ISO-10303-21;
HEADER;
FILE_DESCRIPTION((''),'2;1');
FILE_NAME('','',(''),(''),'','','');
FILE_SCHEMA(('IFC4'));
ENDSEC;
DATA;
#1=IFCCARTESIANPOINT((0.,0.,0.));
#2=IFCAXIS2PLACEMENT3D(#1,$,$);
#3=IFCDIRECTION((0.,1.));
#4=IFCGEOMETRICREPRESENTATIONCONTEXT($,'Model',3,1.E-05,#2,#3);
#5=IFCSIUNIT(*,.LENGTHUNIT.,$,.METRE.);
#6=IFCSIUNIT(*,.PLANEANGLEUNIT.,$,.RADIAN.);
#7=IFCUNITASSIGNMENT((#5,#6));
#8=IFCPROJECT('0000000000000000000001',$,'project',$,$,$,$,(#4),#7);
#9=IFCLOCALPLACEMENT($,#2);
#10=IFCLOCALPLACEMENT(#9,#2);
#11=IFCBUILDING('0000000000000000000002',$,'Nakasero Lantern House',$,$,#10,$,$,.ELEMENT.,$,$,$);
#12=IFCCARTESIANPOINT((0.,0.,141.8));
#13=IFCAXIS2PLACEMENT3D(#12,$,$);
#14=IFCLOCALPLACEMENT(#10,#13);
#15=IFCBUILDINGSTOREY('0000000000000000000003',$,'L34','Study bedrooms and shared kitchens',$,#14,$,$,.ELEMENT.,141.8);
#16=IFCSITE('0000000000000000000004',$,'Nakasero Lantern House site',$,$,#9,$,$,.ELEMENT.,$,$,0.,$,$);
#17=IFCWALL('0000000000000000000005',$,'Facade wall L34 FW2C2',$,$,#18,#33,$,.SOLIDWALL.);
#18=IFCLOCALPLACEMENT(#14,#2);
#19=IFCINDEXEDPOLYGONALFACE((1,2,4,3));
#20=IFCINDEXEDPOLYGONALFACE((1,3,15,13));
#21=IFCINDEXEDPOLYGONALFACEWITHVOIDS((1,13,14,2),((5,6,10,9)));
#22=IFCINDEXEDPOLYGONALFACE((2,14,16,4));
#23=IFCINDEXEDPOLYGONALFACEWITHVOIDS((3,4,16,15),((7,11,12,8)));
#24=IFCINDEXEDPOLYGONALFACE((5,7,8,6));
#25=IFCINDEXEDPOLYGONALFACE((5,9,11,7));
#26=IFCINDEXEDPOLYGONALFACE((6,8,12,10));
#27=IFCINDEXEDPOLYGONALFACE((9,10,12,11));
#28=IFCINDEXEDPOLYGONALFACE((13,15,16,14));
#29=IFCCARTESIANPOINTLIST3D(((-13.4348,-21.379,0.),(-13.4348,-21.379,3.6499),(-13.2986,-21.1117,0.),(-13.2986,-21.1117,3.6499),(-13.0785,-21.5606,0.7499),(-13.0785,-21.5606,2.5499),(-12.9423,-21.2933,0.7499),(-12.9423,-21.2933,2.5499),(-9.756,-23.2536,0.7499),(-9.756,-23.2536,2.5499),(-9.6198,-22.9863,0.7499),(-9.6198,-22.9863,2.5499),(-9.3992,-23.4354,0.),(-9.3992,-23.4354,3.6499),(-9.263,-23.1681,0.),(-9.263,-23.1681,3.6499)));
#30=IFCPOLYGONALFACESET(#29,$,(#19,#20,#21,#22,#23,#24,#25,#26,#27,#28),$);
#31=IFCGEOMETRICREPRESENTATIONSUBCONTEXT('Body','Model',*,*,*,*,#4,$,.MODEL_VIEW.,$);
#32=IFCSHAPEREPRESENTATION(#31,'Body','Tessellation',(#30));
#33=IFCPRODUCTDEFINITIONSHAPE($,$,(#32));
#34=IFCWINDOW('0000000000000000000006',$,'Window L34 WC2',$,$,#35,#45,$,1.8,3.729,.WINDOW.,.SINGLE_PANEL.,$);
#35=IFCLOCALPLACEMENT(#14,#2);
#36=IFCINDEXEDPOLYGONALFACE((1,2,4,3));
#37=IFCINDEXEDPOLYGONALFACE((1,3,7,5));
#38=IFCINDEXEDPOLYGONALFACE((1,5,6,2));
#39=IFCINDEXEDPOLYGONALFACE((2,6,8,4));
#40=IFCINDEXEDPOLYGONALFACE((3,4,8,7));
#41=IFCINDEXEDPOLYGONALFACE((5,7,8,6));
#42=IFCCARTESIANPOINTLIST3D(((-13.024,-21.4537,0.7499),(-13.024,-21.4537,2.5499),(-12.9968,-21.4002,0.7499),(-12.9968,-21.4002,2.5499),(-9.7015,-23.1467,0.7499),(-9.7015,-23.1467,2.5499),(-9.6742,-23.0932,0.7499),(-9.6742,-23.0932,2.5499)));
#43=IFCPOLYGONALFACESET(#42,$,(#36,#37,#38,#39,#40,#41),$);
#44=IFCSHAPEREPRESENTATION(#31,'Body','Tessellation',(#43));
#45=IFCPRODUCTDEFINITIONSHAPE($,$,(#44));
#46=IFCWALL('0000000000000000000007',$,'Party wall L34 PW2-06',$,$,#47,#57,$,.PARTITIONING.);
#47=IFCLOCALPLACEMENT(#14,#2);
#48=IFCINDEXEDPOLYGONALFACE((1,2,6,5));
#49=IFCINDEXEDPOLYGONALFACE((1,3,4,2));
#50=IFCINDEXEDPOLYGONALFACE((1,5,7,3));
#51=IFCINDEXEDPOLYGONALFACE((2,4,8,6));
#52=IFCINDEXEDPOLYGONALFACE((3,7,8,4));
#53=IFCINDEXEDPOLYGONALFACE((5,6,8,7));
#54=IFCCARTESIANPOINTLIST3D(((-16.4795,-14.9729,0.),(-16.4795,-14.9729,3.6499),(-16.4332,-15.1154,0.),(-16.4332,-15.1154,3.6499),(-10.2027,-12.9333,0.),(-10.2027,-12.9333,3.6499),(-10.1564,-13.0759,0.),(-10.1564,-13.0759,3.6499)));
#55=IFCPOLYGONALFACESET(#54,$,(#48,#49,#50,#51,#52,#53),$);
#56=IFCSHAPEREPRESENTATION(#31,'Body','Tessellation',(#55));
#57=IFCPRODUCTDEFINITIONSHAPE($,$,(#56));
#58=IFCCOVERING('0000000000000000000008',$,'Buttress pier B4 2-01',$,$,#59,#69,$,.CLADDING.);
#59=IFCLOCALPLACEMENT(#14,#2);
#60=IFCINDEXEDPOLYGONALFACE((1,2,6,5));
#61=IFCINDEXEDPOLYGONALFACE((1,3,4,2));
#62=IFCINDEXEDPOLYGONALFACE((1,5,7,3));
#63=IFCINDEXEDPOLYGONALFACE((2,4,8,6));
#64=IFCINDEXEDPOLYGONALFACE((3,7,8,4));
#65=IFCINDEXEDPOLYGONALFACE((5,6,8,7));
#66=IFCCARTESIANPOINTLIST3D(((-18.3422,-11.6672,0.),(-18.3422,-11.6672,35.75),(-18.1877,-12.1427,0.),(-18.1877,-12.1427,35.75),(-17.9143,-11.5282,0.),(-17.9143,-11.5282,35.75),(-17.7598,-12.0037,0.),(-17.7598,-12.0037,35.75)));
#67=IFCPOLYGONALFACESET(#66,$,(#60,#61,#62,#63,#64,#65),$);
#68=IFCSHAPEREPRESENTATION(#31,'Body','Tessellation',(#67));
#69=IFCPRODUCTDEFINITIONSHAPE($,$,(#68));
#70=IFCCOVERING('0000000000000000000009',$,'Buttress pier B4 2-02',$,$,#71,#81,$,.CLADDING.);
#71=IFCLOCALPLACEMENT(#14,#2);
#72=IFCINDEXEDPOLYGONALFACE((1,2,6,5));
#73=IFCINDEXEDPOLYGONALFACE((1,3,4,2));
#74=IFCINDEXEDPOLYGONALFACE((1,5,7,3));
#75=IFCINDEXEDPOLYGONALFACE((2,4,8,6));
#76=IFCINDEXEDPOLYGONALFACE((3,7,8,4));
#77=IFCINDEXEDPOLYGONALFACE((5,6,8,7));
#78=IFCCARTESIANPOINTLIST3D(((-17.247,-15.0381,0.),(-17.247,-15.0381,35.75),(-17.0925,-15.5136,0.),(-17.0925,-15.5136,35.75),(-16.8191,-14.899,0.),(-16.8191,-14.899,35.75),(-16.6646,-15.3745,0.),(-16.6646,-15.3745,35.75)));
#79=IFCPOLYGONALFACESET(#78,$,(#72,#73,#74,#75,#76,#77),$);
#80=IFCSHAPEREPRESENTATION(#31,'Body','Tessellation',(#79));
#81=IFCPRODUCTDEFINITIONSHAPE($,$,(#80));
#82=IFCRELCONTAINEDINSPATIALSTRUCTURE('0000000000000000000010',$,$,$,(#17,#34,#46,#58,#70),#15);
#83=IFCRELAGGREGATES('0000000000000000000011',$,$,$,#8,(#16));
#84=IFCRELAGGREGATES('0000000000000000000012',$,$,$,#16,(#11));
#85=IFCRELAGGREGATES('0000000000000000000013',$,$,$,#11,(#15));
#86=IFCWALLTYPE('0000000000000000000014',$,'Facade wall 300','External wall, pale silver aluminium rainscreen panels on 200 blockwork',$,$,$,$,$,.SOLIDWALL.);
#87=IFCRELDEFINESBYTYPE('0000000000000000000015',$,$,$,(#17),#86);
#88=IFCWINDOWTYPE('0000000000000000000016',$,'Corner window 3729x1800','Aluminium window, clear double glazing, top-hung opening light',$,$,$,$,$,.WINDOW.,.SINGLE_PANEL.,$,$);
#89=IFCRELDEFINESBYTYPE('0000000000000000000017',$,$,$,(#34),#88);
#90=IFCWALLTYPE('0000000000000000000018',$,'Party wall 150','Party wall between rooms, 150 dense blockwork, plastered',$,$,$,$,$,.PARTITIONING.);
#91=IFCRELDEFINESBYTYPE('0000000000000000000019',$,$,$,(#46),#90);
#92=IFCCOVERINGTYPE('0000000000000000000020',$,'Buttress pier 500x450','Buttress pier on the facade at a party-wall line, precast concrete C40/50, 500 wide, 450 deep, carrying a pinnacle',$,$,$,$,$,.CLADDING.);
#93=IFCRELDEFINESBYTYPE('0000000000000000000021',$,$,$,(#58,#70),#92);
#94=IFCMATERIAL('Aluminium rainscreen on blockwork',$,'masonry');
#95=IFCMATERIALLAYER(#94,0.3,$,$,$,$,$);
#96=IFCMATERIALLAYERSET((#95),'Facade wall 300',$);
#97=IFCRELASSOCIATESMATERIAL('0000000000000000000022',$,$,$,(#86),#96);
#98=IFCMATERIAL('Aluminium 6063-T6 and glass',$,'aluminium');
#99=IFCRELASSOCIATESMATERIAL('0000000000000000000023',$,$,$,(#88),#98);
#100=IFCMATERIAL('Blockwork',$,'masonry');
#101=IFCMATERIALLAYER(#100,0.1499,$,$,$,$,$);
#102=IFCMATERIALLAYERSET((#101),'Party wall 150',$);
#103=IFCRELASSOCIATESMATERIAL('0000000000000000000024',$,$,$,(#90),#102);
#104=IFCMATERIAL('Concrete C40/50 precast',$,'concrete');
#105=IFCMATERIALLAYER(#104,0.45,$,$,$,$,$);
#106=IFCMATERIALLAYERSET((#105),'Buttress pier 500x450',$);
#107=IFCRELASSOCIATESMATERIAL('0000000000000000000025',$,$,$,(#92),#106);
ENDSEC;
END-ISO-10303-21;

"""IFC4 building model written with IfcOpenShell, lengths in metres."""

from ifc_helpers import new_model, si_unit, direction, frame, frame_2d, origin, origin_2d, place, context, subcontext, project, spatial, rectangle, extrude, material, layer, layer_set, type_object, element, fill, save


model = new_model("IFC4")

# Units and contexts
model_context = context("Model", 3, precision=1e-05, world=origin(), true_north=direction((0.0, 1.0)))
body_context = subcontext(model_context, "Body", "Model", "MODEL_VIEW")
ifc_project = project(units=[si_unit("LENGTHUNIT", "METRE"), si_unit("PLANEANGLEUNIT", "RADIAN")], contexts=[model_context])

# Site, building, storey
site_placement = place(None, origin())
site = spatial("IfcSite", under=ifc_project, at=site_placement, Name="Nakasero Lantern House site", CompositionType="ELEMENT", RefElevation=0.0)
building_placement = place(site_placement, origin())
building = spatial("IfcBuilding", under=site, at=building_placement, Name="Nakasero Lantern House", CompositionType="ELEMENT")
storey_placement = place(building_placement, frame((0.0, 0.0, 141.8)))
storey = spatial("IfcBuildingStorey", under=building, at=storey_placement, Name="L34", Description="Study bedrooms and shared kitchens", CompositionType="ELEMENT", Elevation=141.8)

# Shared definitions
ifc_material_1 = material(Name="Aluminium rainscreen on blockwork", Category="masonry")
ifc_layer_1 = layer(ifc_material_1, 0.3)
ifc_layer_set_1 = layer_set([ifc_layer_1], Name="Facade wall 300")
wall_type_1 = type_object("IfcWallType", Name="Facade wall 300", Description="External wall, pale silver aluminium rainscreen panels on 200 blockwork", PredefinedType="SOLIDWALL", material=ifc_layer_set_1)

# Wall, opening, window
wall_1_placement = place(storey_placement, frame((-13.3667, -21.2454, 0.0), z_axis=(0.0, 0.0, 1.0), x_axis=(0.890995, -0.454014, 0.0)))
wall_1 = element("IfcWall", 1, at=wall_1_placement, inside=storey, type_object=wall_type_1, Name="Facade wall L34 FW2C2", PredefinedType="SOLIDWALL", context=body_context, shape_type="SweptSolid", body=[
    extrude(rectangle(XDim=4.5293, YDim=0.3, at=frame_2d((2.2646, 0.0))), origin(), (0.0, 0.0, 1.0), 3.6499),
])
opening_1_placement = place(wall_1_placement, frame((0.3999, 0.0, 0.75)))
opening_1 = element("IfcOpeningElement", 2, at=opening_1_placement, cuts=wall_1, PredefinedType="OPENING", context=body_context, shape_type="SweptSolid", body=[
    extrude(rectangle(XDim=3.729, YDim=1.8, at=frame_2d((1.8645, 0.8999))), frame((0.0, 0.1699, 0.0), z_axis=(0.0, -1.0, 0.0), x_axis=(1.0, 0.0, 0.0)), (0.0, 0.0, 1.0), 0.3401),
])
ifc_material_2 = material(Name="Aluminium 6063-T6 and glass", Category="aluminium")
window_type = type_object("IfcWindowType", Name="Corner window 3729x1800", Description="Aluminium window, clear double glazing, top-hung opening light", PartitioningType="SINGLE_PANEL", PredefinedType="WINDOW", material=ifc_material_2)
window_placement = place(opening_1_placement, origin())
window = element("IfcWindow", 3, at=window_placement, inside=storey, type_object=window_type, Name="Window L34 WC2", OverallHeight=1.8, OverallWidth=3.729, PartitioningType="SINGLE_PANEL", PredefinedType="WINDOW", context=body_context, shape_type="SweptSolid", body=[
    extrude(rectangle(XDim=3.729, YDim=1.8, at=frame_2d((1.8645, 0.8999))), frame((0.0, 0.03, 0.0), z_axis=(0.0, -1.0, 0.0), x_axis=(1.0, 0.0, 0.0)), (0.0, 0.0, 1.0), 0.0601),
])
fill(opening_1, window)

# Wall
ifc_material_3 = material(Name="Blockwork", Category="masonry")
ifc_layer_2 = layer(ifc_material_3, 0.1499)
ifc_layer_set_2 = layer_set([ifc_layer_2], Name="Party wall 150")
wall_type_2 = type_object("IfcWallType", Name="Party wall 150", Description="Party wall between rooms, 150 dense blockwork, plastered", PredefinedType="PARTITIONING", material=ifc_layer_set_2)
wall_2_placement = place(storey_placement, frame((-10.1797, -13.0046, 0.0), z_axis=(0.0, 0.0, 1.0), x_axis=(-0.951053, -0.309028, 0.0)))
element("IfcWall", 4, at=wall_2_placement, inside=storey, type_object=wall_type_2, Name="Party wall L34 PW2-06", PredefinedType="PARTITIONING", context=body_context, shape_type="SweptSolid", body=[
    extrude(rectangle(XDim=6.5999, YDim=0.1499, at=frame_2d((3.2998, 0.0))), origin(), (0.0, 0.0, 1.0), 3.6499),
])

# Coverings
ifc_material_4 = material(Name="Concrete C40/50 precast", Category="concrete")
ifc_layer_3 = layer(ifc_material_4, 0.45)
ifc_layer_set_3 = layer_set([ifc_layer_3], Name="Buttress pier 500x450")
covering_type = type_object("IfcCoveringType", Name="Buttress pier 500x450", Description="Buttress pier on the facade at a party-wall line, precast concrete C40/50, 500 wide, 450 deep, carrying a pinnacle", PredefinedType="CLADDING", material=ifc_layer_set_3)
for number, where, z_axis, x_axis, name in (
    (5, (-18.051, -11.8354, 0.0), (0.0, 0.0, 1.0), (-0.951057, -0.309017, 0.0), "Buttress pier B4 2-01"),
    (6, (-16.9558, -15.2063, 0.0), (0.0, 0.0, 1.0), (-0.951057, -0.309017, 0.0), "Buttress pier B4 2-02"),
):
    element("IfcCovering", number, at=place(storey_placement, frame(where, z_axis=z_axis, x_axis=x_axis)), inside=storey, type_object=covering_type, Name=name, PredefinedType="CLADDING", context=body_context, shape_type="SweptSolid", body=[
        extrude(rectangle(XDim=0.45, YDim=0.5, at=origin_2d()), origin(), (0.0, 0.0, 1.0), 35.75),
    ])

save(model, "model.ifc")
